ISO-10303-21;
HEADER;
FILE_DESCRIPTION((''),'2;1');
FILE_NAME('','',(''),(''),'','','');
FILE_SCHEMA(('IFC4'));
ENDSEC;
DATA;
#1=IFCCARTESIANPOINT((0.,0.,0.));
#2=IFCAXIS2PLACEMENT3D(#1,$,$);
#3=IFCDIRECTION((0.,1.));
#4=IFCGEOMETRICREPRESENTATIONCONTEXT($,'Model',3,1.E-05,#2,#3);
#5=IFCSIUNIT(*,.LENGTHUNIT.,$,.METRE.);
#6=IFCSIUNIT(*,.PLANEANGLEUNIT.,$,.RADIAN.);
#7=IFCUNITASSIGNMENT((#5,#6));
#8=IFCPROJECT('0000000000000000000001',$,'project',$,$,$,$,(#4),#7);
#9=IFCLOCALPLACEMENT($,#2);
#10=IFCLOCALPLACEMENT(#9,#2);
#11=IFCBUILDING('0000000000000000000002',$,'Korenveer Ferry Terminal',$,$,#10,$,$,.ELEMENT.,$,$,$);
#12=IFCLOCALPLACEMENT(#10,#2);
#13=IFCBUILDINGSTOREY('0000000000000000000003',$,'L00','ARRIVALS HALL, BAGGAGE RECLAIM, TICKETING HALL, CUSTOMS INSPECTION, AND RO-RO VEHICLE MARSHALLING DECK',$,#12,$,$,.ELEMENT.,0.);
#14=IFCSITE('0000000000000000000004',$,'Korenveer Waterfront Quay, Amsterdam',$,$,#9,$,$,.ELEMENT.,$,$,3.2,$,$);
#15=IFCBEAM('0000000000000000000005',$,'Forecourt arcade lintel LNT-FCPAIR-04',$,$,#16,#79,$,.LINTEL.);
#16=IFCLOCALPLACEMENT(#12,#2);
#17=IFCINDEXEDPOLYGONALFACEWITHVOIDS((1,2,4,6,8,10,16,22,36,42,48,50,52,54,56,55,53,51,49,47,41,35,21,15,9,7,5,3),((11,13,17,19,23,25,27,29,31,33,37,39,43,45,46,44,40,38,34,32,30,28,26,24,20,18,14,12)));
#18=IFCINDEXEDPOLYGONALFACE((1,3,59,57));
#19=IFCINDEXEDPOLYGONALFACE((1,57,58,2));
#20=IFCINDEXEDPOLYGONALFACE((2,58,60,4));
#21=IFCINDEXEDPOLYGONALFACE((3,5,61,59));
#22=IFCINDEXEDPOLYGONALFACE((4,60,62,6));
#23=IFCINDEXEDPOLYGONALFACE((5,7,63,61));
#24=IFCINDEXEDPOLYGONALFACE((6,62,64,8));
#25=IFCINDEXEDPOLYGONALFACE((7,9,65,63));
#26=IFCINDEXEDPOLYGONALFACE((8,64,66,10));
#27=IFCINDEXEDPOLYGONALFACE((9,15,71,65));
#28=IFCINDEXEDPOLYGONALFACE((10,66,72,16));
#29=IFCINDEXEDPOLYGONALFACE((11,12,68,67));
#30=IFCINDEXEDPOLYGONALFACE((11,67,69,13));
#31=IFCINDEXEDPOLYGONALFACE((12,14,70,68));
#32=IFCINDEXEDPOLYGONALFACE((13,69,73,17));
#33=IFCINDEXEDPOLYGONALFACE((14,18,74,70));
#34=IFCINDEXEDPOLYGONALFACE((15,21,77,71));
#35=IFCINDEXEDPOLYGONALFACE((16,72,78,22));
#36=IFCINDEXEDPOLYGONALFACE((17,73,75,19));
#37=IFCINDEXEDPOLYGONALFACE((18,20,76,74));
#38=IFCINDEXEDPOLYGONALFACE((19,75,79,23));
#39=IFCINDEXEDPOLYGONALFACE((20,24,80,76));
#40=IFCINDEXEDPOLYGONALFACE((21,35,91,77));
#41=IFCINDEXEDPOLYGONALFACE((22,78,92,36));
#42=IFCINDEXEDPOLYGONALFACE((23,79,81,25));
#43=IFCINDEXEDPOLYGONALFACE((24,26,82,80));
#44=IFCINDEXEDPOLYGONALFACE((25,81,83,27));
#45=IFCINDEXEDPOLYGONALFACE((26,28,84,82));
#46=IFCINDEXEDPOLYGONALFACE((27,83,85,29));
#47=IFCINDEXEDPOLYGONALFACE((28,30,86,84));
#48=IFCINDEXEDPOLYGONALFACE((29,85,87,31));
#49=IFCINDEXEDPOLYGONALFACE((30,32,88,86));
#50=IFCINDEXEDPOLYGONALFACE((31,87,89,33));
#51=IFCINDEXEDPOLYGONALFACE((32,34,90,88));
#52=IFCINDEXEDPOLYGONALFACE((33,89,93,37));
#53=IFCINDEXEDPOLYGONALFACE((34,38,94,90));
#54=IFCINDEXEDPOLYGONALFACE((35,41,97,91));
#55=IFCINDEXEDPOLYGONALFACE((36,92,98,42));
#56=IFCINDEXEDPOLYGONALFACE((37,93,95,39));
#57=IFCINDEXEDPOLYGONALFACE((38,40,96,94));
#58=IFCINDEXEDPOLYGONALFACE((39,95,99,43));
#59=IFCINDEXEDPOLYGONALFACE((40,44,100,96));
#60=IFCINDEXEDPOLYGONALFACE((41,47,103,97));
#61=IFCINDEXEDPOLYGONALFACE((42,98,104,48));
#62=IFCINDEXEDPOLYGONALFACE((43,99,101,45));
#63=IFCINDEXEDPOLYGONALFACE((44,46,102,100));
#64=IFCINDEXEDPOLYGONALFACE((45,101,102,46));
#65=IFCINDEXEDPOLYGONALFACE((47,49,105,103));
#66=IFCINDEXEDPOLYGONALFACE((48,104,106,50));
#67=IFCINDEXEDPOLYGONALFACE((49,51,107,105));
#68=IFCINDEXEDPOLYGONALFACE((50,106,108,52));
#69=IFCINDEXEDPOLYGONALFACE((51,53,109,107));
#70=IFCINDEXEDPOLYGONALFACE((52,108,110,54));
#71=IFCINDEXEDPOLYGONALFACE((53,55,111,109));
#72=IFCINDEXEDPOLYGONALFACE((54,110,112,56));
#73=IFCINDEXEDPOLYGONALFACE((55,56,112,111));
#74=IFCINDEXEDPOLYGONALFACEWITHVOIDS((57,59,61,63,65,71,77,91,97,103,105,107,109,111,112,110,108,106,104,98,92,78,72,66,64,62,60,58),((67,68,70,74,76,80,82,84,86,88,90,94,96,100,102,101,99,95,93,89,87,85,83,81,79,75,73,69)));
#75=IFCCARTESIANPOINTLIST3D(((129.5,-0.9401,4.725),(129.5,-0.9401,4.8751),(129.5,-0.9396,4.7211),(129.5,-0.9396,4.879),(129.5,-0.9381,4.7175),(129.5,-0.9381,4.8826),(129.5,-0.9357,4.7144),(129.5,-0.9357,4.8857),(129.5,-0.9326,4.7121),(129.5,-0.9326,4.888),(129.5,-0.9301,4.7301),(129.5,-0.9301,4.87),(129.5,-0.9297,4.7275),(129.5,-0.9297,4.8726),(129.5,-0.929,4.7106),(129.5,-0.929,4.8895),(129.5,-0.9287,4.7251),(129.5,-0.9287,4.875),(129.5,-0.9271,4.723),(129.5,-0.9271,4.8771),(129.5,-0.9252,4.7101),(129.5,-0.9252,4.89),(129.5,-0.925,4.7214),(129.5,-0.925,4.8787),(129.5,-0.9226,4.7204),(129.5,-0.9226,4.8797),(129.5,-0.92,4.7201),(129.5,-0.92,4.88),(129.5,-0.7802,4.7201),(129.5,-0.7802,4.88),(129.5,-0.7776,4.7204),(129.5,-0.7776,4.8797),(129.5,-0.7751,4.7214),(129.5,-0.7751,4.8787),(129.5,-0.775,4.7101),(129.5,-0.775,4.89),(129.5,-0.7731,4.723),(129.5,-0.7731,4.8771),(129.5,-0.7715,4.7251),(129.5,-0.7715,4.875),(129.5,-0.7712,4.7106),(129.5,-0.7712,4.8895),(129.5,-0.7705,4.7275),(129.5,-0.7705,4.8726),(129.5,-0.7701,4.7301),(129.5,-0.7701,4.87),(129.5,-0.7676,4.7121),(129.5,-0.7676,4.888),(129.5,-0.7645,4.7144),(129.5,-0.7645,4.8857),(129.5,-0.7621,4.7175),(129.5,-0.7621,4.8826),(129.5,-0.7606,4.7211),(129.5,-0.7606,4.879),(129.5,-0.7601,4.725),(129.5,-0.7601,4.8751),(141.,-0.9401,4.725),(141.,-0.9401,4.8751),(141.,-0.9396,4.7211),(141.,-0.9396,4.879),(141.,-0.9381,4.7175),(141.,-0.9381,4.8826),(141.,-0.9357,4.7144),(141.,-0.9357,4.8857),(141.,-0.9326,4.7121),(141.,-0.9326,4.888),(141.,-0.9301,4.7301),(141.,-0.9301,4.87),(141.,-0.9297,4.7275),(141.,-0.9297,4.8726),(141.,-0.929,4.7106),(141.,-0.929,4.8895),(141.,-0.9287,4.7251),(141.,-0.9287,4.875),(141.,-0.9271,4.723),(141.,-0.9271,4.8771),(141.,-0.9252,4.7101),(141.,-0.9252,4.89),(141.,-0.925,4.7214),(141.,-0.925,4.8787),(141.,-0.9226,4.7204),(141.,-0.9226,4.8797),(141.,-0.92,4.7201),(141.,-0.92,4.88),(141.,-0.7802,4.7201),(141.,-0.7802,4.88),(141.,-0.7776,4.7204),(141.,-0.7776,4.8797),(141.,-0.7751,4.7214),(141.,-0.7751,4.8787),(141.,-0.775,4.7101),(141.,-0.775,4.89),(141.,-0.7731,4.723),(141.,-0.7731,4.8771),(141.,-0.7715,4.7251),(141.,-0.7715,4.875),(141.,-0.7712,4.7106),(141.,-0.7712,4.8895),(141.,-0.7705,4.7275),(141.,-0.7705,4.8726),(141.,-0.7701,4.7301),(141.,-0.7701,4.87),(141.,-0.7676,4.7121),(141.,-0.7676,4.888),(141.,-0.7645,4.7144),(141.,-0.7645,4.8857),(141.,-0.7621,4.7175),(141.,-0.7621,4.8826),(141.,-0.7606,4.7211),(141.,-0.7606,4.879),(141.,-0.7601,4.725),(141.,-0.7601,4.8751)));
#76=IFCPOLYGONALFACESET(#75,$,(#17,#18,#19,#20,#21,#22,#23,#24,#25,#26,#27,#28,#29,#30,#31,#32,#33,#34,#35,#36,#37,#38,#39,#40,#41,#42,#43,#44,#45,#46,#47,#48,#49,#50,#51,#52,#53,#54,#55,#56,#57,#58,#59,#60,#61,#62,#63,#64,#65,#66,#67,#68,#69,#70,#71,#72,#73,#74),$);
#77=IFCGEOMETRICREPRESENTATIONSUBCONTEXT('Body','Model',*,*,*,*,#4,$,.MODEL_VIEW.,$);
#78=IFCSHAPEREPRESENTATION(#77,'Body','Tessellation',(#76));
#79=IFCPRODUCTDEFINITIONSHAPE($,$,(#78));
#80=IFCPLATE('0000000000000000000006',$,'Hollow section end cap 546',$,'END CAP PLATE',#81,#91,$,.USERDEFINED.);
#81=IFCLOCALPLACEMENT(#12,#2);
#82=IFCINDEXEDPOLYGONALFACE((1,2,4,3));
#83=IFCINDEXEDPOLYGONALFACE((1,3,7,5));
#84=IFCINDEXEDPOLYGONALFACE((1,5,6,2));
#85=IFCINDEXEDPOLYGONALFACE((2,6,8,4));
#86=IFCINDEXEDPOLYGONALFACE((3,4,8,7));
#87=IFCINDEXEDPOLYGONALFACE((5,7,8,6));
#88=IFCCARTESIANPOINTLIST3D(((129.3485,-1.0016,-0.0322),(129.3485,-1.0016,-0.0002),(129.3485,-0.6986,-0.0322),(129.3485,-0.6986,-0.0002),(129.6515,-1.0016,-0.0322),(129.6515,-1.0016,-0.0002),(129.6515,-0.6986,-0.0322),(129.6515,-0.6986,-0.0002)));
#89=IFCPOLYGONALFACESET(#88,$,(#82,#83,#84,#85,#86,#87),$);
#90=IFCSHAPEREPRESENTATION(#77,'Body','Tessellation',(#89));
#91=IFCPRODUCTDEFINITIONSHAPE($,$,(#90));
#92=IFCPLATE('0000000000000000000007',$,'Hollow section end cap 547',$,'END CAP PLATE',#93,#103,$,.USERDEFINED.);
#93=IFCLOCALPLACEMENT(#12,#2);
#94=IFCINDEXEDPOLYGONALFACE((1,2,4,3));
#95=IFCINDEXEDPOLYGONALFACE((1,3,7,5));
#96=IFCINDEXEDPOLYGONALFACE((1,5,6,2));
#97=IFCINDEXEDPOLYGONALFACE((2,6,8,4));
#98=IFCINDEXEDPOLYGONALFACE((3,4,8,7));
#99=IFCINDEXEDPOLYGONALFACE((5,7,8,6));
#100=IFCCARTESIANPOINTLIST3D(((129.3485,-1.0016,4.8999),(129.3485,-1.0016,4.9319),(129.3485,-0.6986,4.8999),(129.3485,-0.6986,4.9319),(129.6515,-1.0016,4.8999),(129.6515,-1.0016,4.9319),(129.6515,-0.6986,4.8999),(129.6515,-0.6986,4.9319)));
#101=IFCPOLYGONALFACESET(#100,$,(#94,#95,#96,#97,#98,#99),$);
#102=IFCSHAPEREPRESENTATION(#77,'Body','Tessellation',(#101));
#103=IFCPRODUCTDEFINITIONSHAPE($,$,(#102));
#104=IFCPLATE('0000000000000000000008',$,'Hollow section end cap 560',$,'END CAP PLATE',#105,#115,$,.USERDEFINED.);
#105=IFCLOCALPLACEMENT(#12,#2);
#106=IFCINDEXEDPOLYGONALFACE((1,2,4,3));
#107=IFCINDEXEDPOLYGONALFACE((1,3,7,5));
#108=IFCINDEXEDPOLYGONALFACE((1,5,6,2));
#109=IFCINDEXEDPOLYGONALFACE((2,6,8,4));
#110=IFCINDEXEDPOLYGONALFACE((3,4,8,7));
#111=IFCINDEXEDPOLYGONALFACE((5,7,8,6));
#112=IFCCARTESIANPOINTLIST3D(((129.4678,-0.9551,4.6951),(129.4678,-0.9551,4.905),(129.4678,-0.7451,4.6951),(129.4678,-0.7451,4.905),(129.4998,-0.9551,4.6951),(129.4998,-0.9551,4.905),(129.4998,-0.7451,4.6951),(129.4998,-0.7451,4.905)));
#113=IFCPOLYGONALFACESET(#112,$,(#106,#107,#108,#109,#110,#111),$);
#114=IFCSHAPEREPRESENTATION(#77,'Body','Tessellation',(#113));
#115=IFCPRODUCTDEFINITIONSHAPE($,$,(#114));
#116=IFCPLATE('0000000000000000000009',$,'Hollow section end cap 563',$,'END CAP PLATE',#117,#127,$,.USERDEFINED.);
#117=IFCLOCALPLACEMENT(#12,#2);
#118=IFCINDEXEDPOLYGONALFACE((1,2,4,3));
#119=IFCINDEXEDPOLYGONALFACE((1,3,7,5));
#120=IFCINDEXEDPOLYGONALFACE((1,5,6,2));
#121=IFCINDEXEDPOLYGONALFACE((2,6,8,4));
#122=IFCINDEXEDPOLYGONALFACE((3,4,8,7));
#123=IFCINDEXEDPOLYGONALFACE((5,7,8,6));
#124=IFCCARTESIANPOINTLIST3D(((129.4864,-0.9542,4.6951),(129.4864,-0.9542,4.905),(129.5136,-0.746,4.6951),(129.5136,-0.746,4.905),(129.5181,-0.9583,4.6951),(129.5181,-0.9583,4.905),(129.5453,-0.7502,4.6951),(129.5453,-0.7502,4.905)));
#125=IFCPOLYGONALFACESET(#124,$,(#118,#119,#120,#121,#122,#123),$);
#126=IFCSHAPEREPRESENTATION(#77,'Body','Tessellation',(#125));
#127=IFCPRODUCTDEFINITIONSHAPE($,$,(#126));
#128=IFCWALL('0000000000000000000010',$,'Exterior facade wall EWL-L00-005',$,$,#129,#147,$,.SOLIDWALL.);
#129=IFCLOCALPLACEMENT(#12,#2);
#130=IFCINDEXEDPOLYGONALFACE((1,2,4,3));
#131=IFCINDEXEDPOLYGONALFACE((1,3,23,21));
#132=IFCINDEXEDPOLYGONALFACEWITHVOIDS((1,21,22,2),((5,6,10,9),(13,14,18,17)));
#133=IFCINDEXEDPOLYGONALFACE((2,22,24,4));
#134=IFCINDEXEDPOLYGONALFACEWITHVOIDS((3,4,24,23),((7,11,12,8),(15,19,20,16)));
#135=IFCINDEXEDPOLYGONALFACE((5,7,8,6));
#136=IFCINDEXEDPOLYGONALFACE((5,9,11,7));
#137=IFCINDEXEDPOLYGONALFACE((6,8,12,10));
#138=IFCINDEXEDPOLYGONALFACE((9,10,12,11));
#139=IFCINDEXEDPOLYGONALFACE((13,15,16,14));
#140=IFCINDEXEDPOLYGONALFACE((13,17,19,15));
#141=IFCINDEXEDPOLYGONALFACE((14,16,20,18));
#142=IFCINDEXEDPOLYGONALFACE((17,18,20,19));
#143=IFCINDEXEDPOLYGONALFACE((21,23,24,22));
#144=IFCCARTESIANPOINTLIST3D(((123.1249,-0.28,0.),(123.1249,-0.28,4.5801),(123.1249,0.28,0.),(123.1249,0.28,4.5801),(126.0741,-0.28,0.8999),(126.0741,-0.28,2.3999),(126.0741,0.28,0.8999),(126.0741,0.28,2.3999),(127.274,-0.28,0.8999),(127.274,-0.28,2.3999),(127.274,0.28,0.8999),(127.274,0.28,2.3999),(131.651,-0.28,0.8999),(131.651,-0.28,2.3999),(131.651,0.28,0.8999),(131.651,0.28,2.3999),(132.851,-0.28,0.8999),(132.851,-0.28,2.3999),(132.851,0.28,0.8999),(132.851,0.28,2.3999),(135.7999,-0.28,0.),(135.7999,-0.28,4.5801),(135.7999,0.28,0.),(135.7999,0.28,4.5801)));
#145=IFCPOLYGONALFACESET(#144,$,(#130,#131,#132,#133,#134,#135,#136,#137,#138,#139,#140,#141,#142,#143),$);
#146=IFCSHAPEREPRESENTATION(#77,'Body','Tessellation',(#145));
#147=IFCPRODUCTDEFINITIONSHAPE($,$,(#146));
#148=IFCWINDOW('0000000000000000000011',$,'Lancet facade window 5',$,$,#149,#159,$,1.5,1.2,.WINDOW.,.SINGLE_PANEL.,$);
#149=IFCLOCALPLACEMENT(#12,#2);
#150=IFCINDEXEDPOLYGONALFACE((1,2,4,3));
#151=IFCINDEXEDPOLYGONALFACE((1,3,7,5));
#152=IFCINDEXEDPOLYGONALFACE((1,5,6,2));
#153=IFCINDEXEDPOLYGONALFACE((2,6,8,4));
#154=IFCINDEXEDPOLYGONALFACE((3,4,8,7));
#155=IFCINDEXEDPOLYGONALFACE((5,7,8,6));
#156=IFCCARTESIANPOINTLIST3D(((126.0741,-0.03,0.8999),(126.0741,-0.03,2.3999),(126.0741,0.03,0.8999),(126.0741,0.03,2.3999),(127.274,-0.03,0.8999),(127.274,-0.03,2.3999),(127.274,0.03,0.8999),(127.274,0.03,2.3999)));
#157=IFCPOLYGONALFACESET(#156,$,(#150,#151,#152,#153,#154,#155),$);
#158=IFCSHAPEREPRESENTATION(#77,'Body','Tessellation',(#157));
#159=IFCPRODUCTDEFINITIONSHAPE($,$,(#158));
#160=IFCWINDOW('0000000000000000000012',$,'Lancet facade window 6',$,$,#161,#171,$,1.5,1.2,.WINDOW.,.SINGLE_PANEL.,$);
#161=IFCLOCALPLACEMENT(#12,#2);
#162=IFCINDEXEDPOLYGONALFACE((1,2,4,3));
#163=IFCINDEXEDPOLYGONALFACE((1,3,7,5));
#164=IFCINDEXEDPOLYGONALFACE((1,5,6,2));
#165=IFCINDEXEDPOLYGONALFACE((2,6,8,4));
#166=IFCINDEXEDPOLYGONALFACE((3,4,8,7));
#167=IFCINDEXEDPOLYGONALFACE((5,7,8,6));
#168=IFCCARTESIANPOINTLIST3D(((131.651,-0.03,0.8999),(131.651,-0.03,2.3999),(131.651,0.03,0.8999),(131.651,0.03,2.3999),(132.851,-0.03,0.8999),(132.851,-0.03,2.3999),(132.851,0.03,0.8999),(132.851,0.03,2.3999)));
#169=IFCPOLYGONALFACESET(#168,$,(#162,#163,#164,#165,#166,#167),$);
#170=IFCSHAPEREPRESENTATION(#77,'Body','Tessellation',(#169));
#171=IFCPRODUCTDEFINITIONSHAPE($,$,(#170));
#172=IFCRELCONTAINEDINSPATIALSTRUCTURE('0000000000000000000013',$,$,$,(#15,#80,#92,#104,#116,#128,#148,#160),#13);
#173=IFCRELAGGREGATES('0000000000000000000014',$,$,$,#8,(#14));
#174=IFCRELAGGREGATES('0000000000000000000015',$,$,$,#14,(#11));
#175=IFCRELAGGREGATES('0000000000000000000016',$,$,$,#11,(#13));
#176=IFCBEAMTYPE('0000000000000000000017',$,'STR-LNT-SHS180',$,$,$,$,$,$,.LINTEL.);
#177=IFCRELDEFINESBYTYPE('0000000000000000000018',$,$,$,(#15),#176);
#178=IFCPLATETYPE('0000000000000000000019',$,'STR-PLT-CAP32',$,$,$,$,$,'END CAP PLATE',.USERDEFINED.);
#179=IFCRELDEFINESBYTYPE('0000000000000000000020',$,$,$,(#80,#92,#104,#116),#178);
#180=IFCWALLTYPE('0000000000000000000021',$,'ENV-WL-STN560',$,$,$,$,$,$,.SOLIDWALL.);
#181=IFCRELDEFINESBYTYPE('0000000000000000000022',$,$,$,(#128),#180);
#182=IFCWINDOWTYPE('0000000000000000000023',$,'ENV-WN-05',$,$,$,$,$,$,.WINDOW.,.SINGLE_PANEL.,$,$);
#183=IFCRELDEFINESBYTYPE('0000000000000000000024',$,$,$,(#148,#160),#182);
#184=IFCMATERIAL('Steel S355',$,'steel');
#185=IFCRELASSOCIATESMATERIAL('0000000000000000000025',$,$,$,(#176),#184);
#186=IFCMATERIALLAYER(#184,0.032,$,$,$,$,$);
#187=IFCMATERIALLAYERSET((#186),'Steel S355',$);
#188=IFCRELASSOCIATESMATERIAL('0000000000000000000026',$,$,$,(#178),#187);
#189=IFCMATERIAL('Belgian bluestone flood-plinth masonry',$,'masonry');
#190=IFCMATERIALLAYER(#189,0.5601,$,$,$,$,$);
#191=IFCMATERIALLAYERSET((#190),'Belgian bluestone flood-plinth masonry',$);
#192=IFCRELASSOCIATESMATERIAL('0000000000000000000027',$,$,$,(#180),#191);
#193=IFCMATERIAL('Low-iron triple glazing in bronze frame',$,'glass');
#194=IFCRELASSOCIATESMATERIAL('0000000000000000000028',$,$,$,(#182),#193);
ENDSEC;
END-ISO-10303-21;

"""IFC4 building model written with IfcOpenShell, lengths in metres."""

from ifc_helpers import new_model, si_unit, direction, frame, frame_2d, origin, origin_2d, place, context, subcontext, project, spatial, rectangle, hollow_rectangle, extrude, material, layer, layer_set, material_profile, profile_set, type_object, element, fill, save


model = new_model("IFC4")

# Units and contexts
model_context = context("Model", 3, precision=1e-05, world=origin(), true_north=direction((0.0, 1.0)))
body_context = subcontext(model_context, "Body", "Model", "MODEL_VIEW")
ifc_project = project(units=[si_unit("LENGTHUNIT", "METRE"), si_unit("PLANEANGLEUNIT", "RADIAN")], contexts=[model_context])

# Site, building, storey
site_placement = place(None, origin())
site = spatial("IfcSite", under=ifc_project, at=site_placement, Name="Korenveer Waterfront Quay, Amsterdam", CompositionType="ELEMENT", RefElevation=3.2)
building_placement = place(site_placement, origin())
building = spatial("IfcBuilding", under=site, at=building_placement, Name="Korenveer Ferry Terminal", CompositionType="ELEMENT")
storey_placement = place(building_placement, origin())
storey = spatial("IfcBuildingStorey", under=building, at=storey_placement, Name="L00", Description="ARRIVALS HALL, BAGGAGE RECLAIM, TICKETING HALL, CUSTOMS INSPECTION, AND RO-RO VEHICLE MARSHALLING DECK", CompositionType="ELEMENT", Elevation=0.0)

# Shared definitions
ifc_material_1 = material(Name="Steel S355", Category="steel")

# Beam
ifc_material_profile_1 = material_profile(ifc_material_1, hollow_rectangle(XDim=0.1799, YDim=0.1799, WallThickness=0.01, InnerFilletRadius=0.01, OuterFilletRadius=0.0149, at=origin_2d()), Name="SHS 180x180x10")
ifc_profile_set_1 = profile_set([ifc_material_profile_1], Name="Steel S355")
beam_type_1 = type_object("IfcBeamType", Name="STR-LNT-SHS180", PredefinedType="LINTEL", material=ifc_profile_set_1)
beam_1_placement = place(storey_placement, frame((129.5, -0.8501, 4.8), z_axis=(1.0, 0.0, 0.0), x_axis=(0.0, 1.0, 0.0)))
element("IfcBeam", 1, at=beam_1_placement, inside=storey, type_object=beam_type_1, Name="Forecourt arcade lintel LNT-FCPAIR-04", PredefinedType="LINTEL", context=body_context, shape_type="SweptSolid", body=[
    extrude(hollow_rectangle(XDim=0.1799, YDim=0.1799, WallThickness=0.01, InnerFilletRadius=0.01, OuterFilletRadius=0.0149, at=origin_2d()), origin(), (0.0, 0.0, 1.0), 11.5),
])

# Plates
ifc_layer_1 = layer(ifc_material_1, 0.032)
ifc_layer_set_1 = layer_set([ifc_layer_1], Name="Steel S355")
plate_type = type_object("IfcPlateType", Name="STR-PLT-CAP32", ElementType="END CAP PLATE", PredefinedType="USERDEFINED", material=ifc_layer_set_1)
for number, where, z_axis, x_axis, name in (
    (2, (129.5, -0.8501, -0.0322), (0.0, 0.0, 1.0), (1.0, 0.0, 0.0), "Hollow section end cap 546"),
    (3, (129.5, -0.8501, 4.8999), (0.0, 0.0, 1.0), (1.0, 0.0, 0.0), "Hollow section end cap 547"),
):
    element("IfcPlate", number, at=place(storey_placement, frame(where, z_axis=z_axis, x_axis=x_axis)), inside=storey, type_object=plate_type, Name=name, ObjectType="END CAP PLATE", PredefinedType="USERDEFINED", context=body_context, shape_type="SweptSolid", body=[
        extrude(rectangle(XDim=0.303, YDim=0.303, at=origin_2d()), origin(), (0.0, 0.0, 1.0), 0.032),
    ])
for number, where, z_axis, x_axis, name in (
    (4, (129.4678, -0.8501, 4.8), (1.0, 0.0, 0.0), (0.0, 1.0, 0.0), "Hollow section end cap 560"),
    (5, (129.5, -0.8501, 4.8), (0.991558, -0.129665, 0.0), (0.129665, 0.991558, 0.0), "Hollow section end cap 563"),
):
    element("IfcPlate", number, at=place(storey_placement, frame(where, z_axis=z_axis, x_axis=x_axis)), inside=storey, type_object=plate_type, Name=name, ObjectType="END CAP PLATE", PredefinedType="USERDEFINED", context=body_context, shape_type="SweptSolid", body=[
        extrude(rectangle(XDim=0.21, YDim=0.21, at=origin_2d()), origin(), (0.0, 0.0, 1.0), 0.032),
    ])

# Wall, openings, windows
ifc_material_2 = material(Name="Belgian bluestone flood-plinth masonry", Category="masonry")
ifc_layer_2 = layer(ifc_material_2, 0.5601)
ifc_layer_set_2 = layer_set([ifc_layer_2], Name="Belgian bluestone flood-plinth masonry")
wall_type = type_object("IfcWallType", Name="ENV-WL-STN560", PredefinedType="SOLIDWALL", material=ifc_layer_set_2)
wall_1_placement = place(storey_placement, frame((123.125, 0.0, 0.0), z_axis=(0.0, 0.0, 1.0), x_axis=(1.0, 0.0, 0.0)))
wall_1 = element("IfcWall", 6, at=wall_1_placement, inside=storey, type_object=wall_type, Name="Exterior facade wall EWL-L00-005", PredefinedType="SOLIDWALL", context=body_context, shape_type="SweptSolid", body=[
    extrude(rectangle(XDim=12.675, YDim=0.5601, at=frame_2d((6.3374, 0.0))), origin(), (0.0, 0.0, 1.0), 4.5801),
])
opening_1_placement = place(wall_1_placement, frame((2.949, 0.0, 0.8999)))
opening_1 = element("IfcOpeningElement", 7, at=opening_1_placement, cuts=wall_1, PredefinedType="OPENING", context=body_context, shape_type="SweptSolid", body=[
    extrude(rectangle(XDim=1.2, YDim=1.5, at=frame_2d((0.6001, 0.75))), frame((0.0, 0.29, 0.0), z_axis=(0.0, -1.0, 0.0), x_axis=(1.0, 0.0, 0.0)), (0.0, 0.0, 1.0), 0.5801),
])
opening_2_placement = place(wall_1_placement, frame((8.5259, 0.0, 0.8999)))
opening_2 = element("IfcOpeningElement", 8, at=opening_2_placement, cuts=wall_1, PredefinedType="OPENING", context=body_context, shape_type="SweptSolid", body=[
    extrude(rectangle(XDim=1.2, YDim=1.5, at=frame_2d((0.6001, 0.75))), frame((0.0, 0.29, 0.0), z_axis=(0.0, -1.0, 0.0), x_axis=(1.0, 0.0, 0.0)), (0.0, 0.0, 1.0), 0.5801),
])
ifc_material_3 = material(Name="Low-iron triple glazing in bronze frame", Category="glass")
window_type = type_object("IfcWindowType", Name="ENV-WN-05", PartitioningType="SINGLE_PANEL", PredefinedType="WINDOW", material=ifc_material_3)
window_1_placement = place(opening_1_placement, origin())
window_1 = element("IfcWindow", 9, at=window_1_placement, inside=storey, type_object=window_type, Name="Lancet facade window 5", OverallHeight=1.5, OverallWidth=1.2, PartitioningType="SINGLE_PANEL", PredefinedType="WINDOW", context=body_context, shape_type="SweptSolid", body=[
    extrude(rectangle(XDim=1.2, YDim=1.5, at=frame_2d((0.6001, 0.75))), frame((0.0, 0.03, 0.0), z_axis=(0.0, -1.0, 0.0), x_axis=(1.0, 0.0, 0.0)), (0.0, 0.0, 1.0), 0.0601),
])
fill(opening_1, window_1)
window_2_placement = place(opening_2_placement, origin())
window_2 = element("IfcWindow", 10, at=window_2_placement, inside=storey, type_object=window_type, Name="Lancet facade window 6", OverallHeight=1.5, OverallWidth=1.2, PartitioningType="SINGLE_PANEL", PredefinedType="WINDOW", context=body_context, shape_type="SweptSolid", body=[
    extrude(rectangle(XDim=1.2, YDim=1.5, at=frame_2d((0.6001, 0.75))), frame((0.0, 0.03, 0.0), z_axis=(0.0, -1.0, 0.0), x_axis=(1.0, 0.0, 0.0)), (0.0, 0.0, 1.0), 0.0601),
])
fill(opening_2, window_2)

save(model, "model.ifc")
